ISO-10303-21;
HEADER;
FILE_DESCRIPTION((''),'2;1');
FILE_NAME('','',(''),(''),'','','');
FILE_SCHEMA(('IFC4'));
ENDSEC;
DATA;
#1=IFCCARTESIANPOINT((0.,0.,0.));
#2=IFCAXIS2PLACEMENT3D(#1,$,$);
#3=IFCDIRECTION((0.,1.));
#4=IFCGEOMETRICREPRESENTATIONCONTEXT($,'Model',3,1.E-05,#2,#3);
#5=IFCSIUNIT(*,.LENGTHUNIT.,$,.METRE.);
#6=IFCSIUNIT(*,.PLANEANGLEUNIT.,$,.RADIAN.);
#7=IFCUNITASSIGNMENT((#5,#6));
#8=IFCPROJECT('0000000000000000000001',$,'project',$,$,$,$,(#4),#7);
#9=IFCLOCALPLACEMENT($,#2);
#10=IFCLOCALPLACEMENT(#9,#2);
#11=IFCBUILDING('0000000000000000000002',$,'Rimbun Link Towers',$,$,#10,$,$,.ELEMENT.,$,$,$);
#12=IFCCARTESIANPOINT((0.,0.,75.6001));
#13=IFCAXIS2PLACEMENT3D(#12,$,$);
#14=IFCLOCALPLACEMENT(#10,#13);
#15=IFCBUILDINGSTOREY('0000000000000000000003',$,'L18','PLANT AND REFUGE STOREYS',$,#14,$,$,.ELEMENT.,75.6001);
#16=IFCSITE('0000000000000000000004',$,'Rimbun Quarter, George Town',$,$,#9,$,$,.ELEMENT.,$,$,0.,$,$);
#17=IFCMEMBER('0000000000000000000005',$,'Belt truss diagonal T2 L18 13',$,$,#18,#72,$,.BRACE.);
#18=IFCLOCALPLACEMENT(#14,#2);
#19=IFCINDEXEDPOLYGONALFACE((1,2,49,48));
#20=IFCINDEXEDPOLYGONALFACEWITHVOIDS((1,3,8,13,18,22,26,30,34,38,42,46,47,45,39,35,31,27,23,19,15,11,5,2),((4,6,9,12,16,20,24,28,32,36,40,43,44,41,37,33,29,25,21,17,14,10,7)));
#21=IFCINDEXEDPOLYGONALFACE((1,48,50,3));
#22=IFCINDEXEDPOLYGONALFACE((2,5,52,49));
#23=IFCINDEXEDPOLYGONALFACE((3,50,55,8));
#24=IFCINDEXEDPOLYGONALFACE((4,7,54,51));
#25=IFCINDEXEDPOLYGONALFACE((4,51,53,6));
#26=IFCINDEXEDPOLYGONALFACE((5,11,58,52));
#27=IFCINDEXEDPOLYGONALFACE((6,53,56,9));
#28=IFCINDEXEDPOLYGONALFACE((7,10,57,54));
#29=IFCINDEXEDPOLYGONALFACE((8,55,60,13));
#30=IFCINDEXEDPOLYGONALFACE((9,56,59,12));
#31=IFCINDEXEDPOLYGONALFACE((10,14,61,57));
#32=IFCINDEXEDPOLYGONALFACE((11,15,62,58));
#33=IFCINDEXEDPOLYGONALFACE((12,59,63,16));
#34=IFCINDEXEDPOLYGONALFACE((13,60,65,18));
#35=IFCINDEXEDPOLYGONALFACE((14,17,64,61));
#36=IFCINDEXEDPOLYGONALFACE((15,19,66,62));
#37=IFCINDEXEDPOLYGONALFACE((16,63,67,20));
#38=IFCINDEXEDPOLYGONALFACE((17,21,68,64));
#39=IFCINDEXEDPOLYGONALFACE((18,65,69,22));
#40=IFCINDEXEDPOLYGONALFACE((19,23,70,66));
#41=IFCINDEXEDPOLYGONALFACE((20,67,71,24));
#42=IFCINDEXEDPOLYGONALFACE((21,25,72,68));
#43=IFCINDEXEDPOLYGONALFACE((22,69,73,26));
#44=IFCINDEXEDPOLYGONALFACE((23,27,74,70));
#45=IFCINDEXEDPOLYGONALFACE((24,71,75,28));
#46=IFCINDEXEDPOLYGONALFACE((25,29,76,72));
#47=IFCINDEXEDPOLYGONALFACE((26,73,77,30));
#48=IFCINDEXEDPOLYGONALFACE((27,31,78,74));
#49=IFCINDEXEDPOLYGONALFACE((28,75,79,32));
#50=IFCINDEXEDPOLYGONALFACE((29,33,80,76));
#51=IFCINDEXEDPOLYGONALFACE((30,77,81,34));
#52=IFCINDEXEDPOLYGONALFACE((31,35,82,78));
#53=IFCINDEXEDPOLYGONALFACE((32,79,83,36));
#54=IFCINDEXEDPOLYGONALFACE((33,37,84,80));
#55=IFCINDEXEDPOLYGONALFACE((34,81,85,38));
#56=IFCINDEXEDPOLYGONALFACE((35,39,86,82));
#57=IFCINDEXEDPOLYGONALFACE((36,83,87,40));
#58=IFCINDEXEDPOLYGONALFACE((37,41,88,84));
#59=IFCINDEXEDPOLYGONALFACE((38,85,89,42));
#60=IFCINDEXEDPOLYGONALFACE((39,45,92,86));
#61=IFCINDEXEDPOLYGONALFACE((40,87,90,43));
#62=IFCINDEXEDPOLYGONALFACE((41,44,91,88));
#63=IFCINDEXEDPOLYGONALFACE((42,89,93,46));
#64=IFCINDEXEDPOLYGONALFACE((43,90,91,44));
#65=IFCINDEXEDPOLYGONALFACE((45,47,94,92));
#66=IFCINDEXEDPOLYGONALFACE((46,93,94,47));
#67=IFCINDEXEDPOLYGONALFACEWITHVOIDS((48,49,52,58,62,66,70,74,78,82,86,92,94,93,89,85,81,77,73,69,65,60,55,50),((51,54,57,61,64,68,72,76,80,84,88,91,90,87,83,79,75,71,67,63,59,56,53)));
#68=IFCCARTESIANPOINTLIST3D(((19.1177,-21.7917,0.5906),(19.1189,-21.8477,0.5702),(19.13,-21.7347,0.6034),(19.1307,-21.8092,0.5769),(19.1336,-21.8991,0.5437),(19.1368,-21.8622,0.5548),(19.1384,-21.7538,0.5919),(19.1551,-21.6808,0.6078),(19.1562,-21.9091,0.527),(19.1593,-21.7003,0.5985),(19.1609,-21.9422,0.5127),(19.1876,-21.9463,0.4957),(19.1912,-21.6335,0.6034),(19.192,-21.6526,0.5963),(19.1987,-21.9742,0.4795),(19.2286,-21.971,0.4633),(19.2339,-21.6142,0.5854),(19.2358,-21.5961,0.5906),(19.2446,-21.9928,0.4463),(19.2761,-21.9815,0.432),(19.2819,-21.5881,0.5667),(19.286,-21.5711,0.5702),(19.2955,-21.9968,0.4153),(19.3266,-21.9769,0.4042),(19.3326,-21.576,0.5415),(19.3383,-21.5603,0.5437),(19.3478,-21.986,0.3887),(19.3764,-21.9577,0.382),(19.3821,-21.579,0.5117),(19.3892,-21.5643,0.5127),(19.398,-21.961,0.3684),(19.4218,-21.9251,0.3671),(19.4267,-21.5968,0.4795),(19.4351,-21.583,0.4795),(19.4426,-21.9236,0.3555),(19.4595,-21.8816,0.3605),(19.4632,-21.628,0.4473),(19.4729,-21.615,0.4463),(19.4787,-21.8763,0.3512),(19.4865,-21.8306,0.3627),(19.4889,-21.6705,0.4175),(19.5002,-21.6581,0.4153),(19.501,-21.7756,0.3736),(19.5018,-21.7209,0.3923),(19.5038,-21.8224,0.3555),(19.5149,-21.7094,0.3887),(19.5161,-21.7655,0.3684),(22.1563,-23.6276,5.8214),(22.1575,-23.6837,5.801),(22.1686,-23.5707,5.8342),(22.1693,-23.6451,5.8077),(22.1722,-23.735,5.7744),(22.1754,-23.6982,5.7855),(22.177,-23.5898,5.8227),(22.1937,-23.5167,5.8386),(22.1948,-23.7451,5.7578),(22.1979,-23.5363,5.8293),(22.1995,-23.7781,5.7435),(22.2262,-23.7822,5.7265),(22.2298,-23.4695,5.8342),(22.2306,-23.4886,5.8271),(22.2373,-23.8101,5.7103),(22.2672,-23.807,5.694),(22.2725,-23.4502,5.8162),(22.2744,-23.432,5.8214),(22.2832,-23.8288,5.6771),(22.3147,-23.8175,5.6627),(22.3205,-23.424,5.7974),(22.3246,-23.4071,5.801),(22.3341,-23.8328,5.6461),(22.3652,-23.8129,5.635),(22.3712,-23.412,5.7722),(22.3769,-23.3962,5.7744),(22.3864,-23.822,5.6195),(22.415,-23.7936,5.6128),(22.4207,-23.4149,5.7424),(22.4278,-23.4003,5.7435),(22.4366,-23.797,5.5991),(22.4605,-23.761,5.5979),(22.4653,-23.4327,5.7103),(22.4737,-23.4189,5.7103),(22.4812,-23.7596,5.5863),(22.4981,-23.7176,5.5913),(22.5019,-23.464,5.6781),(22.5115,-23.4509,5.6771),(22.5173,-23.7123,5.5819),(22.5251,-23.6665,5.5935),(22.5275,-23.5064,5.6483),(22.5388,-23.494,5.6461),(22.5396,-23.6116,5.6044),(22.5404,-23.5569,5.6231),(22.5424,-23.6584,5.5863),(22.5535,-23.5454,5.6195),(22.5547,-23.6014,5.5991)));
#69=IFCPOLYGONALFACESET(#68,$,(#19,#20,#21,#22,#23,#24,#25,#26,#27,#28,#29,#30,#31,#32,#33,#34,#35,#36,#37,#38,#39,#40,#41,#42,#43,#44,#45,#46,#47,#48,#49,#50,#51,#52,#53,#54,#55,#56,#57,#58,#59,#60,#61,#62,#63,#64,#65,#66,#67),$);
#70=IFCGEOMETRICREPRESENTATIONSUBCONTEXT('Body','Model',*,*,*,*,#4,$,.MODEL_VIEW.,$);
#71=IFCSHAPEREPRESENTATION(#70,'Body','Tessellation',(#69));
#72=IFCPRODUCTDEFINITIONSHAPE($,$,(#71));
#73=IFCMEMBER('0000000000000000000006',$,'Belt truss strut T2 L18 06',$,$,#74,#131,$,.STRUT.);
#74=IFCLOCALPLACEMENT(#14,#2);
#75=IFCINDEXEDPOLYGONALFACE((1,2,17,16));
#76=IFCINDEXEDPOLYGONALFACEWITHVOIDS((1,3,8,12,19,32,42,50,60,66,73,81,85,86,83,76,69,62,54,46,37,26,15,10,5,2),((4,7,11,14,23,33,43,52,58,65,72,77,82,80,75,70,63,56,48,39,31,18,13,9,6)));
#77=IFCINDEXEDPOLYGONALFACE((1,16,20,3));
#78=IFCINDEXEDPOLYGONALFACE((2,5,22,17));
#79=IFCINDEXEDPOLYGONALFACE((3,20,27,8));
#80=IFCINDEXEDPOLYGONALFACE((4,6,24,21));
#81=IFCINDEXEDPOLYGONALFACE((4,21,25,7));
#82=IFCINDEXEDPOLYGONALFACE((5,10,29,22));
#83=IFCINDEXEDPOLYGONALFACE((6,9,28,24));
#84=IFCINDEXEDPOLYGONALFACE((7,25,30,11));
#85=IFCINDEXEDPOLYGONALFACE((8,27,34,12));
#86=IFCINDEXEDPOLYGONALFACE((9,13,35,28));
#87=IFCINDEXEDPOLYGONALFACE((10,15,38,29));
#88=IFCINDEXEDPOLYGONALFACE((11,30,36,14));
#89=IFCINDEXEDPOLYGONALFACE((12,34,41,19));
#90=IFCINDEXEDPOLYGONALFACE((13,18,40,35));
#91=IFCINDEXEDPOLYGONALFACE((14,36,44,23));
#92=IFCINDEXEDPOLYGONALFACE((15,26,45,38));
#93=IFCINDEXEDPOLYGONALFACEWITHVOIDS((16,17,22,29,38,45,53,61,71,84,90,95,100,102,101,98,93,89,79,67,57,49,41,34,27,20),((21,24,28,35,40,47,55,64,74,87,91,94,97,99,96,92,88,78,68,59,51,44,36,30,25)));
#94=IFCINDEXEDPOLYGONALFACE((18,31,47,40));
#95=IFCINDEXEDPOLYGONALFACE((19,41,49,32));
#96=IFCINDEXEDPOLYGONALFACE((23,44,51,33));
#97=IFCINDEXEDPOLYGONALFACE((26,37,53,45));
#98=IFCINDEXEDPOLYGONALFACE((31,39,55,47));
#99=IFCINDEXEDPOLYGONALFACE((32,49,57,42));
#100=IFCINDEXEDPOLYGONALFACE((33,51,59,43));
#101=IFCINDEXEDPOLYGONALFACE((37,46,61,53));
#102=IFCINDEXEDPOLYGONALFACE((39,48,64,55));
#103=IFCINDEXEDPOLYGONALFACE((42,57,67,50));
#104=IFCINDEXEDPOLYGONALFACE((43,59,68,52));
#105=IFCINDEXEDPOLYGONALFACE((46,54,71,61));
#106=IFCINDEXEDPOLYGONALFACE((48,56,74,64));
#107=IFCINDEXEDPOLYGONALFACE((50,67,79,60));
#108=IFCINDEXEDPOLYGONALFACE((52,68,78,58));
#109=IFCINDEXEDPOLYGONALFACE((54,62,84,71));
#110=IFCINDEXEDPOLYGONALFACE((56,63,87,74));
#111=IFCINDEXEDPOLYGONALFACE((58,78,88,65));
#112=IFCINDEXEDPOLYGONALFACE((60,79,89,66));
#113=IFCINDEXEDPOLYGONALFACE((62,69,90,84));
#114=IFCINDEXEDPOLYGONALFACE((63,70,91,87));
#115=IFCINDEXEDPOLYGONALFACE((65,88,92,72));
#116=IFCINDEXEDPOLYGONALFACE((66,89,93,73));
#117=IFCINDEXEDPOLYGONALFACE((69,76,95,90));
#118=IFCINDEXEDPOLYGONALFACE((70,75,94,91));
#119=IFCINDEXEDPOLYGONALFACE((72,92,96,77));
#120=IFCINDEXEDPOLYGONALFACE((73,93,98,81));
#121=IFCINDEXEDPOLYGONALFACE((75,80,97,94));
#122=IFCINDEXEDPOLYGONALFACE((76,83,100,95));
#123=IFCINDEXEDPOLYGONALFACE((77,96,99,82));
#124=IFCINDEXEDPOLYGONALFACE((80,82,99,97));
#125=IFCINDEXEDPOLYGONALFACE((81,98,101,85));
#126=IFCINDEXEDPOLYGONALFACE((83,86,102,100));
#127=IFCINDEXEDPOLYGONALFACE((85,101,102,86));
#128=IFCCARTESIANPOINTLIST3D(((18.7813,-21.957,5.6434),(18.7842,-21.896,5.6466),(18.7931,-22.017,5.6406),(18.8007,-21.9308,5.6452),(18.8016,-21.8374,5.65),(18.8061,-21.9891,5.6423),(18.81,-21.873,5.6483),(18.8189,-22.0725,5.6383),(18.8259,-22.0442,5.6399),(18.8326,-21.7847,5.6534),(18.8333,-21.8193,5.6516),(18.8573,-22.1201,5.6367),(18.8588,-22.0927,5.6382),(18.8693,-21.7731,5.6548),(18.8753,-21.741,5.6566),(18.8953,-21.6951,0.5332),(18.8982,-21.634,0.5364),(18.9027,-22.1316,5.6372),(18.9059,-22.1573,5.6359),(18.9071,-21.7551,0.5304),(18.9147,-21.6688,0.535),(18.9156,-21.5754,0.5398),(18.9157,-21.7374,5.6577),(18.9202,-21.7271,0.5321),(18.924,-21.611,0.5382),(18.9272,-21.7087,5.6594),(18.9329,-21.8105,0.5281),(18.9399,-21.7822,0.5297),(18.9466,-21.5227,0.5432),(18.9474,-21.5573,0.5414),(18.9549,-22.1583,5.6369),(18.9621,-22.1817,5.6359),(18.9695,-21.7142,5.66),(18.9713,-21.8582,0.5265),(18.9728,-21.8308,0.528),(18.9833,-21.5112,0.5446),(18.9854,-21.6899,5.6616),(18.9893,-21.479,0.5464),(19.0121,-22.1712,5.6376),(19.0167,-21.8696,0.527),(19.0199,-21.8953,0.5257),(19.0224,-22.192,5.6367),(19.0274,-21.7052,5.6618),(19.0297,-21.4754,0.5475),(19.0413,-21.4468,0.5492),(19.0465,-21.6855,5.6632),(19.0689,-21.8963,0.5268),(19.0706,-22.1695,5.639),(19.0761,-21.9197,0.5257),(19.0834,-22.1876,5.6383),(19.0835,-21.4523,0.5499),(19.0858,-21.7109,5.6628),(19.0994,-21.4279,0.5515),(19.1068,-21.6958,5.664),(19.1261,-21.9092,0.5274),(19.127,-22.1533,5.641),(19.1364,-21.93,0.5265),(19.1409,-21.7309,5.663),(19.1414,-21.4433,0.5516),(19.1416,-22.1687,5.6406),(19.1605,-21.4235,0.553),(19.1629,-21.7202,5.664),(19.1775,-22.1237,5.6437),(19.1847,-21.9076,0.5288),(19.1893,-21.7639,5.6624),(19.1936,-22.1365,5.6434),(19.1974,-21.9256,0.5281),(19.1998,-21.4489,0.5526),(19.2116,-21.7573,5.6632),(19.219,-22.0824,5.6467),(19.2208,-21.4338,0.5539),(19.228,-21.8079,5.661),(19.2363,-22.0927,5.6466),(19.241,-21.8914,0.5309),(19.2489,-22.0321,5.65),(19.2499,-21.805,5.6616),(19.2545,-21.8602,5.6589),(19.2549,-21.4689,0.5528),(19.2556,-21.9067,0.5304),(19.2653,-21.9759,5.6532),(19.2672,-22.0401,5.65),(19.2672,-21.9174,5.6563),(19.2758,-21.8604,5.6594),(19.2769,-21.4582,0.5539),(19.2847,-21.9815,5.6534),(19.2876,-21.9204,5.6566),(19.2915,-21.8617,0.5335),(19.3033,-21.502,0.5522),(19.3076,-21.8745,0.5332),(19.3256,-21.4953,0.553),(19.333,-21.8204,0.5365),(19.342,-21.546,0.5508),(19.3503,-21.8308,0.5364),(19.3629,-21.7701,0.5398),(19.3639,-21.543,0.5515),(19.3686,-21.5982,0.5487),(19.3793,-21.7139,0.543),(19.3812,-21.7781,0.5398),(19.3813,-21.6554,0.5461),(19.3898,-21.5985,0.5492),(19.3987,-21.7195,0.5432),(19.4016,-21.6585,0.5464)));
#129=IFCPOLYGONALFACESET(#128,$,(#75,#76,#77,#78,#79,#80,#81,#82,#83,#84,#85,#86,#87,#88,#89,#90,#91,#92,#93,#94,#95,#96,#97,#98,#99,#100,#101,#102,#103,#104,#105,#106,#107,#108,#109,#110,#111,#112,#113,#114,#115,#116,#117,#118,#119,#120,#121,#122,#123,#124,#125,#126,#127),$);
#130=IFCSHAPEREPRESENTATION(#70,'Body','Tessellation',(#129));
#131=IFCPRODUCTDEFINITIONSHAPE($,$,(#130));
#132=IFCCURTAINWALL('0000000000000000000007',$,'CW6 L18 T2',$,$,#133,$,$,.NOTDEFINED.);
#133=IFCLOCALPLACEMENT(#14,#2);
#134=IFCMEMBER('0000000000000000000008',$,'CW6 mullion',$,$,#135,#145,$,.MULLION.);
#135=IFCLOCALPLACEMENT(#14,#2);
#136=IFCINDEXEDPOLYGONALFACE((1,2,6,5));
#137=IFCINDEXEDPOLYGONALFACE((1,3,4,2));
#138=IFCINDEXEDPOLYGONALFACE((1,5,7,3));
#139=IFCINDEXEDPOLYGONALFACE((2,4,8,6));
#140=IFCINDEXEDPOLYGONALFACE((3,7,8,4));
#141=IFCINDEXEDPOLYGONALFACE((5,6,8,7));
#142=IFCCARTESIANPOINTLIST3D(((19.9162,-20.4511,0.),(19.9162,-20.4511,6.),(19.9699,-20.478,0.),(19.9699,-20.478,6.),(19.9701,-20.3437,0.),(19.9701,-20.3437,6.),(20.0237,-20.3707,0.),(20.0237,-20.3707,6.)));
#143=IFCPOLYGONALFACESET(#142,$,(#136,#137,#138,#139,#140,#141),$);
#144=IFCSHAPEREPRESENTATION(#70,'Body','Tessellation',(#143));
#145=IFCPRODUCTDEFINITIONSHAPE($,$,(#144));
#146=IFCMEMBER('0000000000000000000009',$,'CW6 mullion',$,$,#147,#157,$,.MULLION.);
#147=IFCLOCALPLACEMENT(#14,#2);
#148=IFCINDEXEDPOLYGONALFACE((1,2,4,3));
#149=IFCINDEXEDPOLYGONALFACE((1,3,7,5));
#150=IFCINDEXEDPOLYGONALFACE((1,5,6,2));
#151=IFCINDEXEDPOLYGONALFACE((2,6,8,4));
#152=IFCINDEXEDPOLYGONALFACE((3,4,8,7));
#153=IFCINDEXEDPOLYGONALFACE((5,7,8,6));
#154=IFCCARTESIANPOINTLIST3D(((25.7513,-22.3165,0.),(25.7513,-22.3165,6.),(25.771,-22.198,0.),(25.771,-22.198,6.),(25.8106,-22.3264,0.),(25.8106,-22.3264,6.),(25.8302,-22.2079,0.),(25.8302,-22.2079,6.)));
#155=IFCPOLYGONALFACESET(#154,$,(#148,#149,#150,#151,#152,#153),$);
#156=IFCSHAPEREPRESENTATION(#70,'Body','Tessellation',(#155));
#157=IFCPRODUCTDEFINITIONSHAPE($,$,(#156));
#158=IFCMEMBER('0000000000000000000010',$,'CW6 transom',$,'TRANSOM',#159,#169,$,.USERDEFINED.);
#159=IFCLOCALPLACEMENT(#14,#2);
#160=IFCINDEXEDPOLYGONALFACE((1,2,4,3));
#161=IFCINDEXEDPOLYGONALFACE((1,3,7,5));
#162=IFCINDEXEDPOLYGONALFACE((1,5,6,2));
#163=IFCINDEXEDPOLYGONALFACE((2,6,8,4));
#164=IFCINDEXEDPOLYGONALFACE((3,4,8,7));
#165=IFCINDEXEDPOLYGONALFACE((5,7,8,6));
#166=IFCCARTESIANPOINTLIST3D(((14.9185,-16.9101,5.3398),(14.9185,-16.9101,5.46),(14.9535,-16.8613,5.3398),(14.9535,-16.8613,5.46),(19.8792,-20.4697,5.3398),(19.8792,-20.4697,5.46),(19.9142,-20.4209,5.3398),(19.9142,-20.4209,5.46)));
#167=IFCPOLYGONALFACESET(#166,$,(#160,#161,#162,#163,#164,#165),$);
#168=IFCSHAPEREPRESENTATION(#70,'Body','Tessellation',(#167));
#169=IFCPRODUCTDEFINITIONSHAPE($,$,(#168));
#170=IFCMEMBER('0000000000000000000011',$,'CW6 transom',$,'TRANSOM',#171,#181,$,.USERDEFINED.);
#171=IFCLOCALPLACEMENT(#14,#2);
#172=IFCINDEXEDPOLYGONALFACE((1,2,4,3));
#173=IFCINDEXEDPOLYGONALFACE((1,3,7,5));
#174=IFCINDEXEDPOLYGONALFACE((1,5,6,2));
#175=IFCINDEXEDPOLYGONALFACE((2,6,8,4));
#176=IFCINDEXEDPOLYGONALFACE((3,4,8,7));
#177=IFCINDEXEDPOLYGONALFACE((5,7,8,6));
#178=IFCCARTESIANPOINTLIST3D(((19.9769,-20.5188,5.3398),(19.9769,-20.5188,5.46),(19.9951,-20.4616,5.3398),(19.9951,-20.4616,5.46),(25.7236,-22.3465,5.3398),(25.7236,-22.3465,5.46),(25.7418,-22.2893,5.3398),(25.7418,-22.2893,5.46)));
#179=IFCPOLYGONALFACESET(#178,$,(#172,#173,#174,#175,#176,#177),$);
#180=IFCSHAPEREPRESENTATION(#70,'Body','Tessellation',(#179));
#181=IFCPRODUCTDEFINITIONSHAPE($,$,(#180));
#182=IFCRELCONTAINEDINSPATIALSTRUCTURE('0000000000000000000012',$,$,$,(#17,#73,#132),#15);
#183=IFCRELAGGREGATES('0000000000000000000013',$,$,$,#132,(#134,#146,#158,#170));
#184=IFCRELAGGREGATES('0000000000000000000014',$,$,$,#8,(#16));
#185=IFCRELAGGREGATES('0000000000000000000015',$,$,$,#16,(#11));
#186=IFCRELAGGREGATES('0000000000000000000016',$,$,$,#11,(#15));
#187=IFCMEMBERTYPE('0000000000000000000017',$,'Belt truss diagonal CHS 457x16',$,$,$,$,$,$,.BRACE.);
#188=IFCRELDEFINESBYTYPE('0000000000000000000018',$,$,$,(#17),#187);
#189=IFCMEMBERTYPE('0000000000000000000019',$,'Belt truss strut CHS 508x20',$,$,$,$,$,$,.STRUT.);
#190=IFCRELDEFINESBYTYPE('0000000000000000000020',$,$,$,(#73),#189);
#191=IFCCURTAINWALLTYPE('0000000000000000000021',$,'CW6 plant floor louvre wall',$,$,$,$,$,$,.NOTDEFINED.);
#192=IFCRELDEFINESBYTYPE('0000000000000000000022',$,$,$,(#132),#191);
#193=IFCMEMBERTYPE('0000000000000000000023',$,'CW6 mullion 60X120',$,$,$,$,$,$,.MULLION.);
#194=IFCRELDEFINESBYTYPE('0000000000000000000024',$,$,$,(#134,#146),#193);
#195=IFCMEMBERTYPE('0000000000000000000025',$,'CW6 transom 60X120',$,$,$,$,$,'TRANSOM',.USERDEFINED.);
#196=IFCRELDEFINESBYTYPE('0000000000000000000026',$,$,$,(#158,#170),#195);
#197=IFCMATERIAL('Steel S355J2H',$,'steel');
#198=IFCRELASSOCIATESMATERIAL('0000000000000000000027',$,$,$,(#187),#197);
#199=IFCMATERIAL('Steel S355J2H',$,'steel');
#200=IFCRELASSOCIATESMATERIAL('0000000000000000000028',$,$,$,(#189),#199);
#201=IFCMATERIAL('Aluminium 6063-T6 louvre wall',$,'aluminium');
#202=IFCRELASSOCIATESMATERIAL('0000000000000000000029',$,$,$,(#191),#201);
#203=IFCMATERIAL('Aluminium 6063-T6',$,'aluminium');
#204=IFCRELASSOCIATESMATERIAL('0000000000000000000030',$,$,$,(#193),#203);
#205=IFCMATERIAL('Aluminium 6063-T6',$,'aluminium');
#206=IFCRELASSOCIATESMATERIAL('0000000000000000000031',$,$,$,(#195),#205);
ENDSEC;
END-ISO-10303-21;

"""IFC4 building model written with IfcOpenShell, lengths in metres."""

from ifc_helpers import new_model, si_unit, direction, frame, origin, origin_2d, place, context, subcontext, project, spatial, rectangle, hollow_circle, extrude, material, material_profile, profile_set, type_object, element, aggregate, save


model = new_model("IFC4")

# Units and contexts
model_context = context("Model", 3, precision=1e-05, world=origin(), true_north=direction((0.0, 1.0)))
body_context = subcontext(model_context, "Body", "Model", "MODEL_VIEW")
ifc_project = project(units=[si_unit("LENGTHUNIT", "METRE"), si_unit("PLANEANGLEUNIT", "RADIAN")], contexts=[model_context])

# Site, building, storey
site_placement = place(None, origin())
site = spatial("IfcSite", under=ifc_project, at=site_placement, Name="Rimbun Quarter, George Town", CompositionType="ELEMENT", RefElevation=0.0)
building_placement = place(site_placement, origin())
building = spatial("IfcBuilding", under=site, at=building_placement, Name="Rimbun Link Towers", CompositionType="ELEMENT")
storey_placement = place(building_placement, frame((0.0, 0.0, 75.6001)))
storey = spatial("IfcBuildingStorey", under=building, at=storey_placement, Name="L18", Description="PLANT AND REFUGE STOREYS", CompositionType="ELEMENT", Elevation=75.6001)

# Members
ifc_material_1 = material(Name="Steel S355J2H", Category="steel")
ifc_material_profile_1 = material_profile(ifc_material_1, hollow_circle(Radius=0.2285, WallThickness=0.0161, at=origin_2d()), Name="Belt truss diagonal CHS 457x16")
ifc_profile_set_1 = profile_set([ifc_material_profile_1], Name="Steel S355J2H")
member_type_1 = type_object("IfcMemberType", Name="Belt truss diagonal CHS 457x16", PredefinedType="BRACE", material=ifc_profile_set_1)
member_1_placement = place(storey_placement, frame((19.3169, -21.7786, 0.4795), z_axis=(0.480657, -0.290418, 0.827421), x_axis=(0.517143, 0.855899, 0.0)))
element("IfcMember", 1, at=member_1_placement, inside=storey, type_object=member_type_1, Name="Belt truss diagonal T2 L18 13", PredefinedType="BRACE", context=body_context, shape_type="SweptSolid", body=[
    extrude(hollow_circle(Radius=0.2285, WallThickness=0.0161, at=origin_2d()), origin(), (0.0, 0.0, 1.0), 6.3218),
])
ifc_material_2 = material(Name="Steel S355J2H", Category="steel")
ifc_material_profile_2 = material_profile(ifc_material_2, hollow_circle(Radius=0.2539, WallThickness=0.02, at=origin_2d()), Name="Belt truss strut CHS 508x20")
ifc_profile_set_2 = profile_set([ifc_material_profile_2], Name="Steel S355J2H")
member_type_2 = type_object("IfcMemberType", Name="Belt truss strut CHS 508x20", PredefinedType="STRUT", material=ifc_profile_set_2)
member_2_placement = place(storey_placement, frame((19.1484, -21.6768, 0.5398), z_axis=(-0.022277, -0.051184, 0.998441), x_axis=(0.916921, -0.39907, 0.0)))
element("IfcMember", 2, at=member_2_placement, inside=storey, type_object=member_type_2, Name="Belt truss strut T2 L18 06", PredefinedType="STRUT", context=body_context, shape_type="SweptSolid", body=[
    extrude(hollow_circle(Radius=0.2539, WallThickness=0.02, at=origin_2d()), origin(), (0.0, 0.0, 1.0), 5.1182),
])

# Curtain wall, members
ifc_material_3 = material(Name="Aluminium 6063-T6 louvre wall", Category="aluminium")
curtain_wall_type = type_object("IfcCurtainWallType", Name="CW6 plant floor louvre wall", PredefinedType="NOTDEFINED", material=ifc_material_3)
curtain_wall_placement = place(storey_placement, origin())
curtain_wall = element("IfcCurtainWall", 3, at=curtain_wall_placement, inside=storey, type_object=curtain_wall_type, Name="CW6 L18 T2", PredefinedType="NOTDEFINED")
ifc_material_4 = material(Name="Aluminium 6063-T6", Category="aluminium")
ifc_material_profile_3 = material_profile(ifc_material_4, rectangle(XDim=0.1201, YDim=0.0601, at=origin_2d()), Name="MULLION 60X120")
ifc_profile_set_3 = profile_set([ifc_material_profile_3], Name="Aluminium 6063-T6")
member_type_3 = type_object("IfcMemberType", Name="CW6 mullion 60X120", PredefinedType="MULLION", material=ifc_profile_set_3)
member_3_placement = place(storey_placement, frame((19.97, -20.4109, 0.0), z_axis=(0.0, 0.0, 1.0), x_axis=(-0.448572, -0.893747, 0.0)))
member_3 = element("IfcMember", 4, at=member_3_placement, type_object=member_type_3, Name="CW6 mullion", PredefinedType="MULLION", context=body_context, shape_type="SweptSolid", body=[
    extrude(rectangle(XDim=0.1201, YDim=0.0601, at=origin_2d()), origin(), (0.0, 0.0, 1.0), 6.0),
])
member_4_placement = place(storey_placement, frame((25.7908, -22.2622, 0.0), z_axis=(0.0, 0.0, 1.0), x_axis=(-0.163745, -0.986503, 0.0)))
member_4 = element("IfcMember", 5, at=member_4_placement, type_object=member_type_3, Name="CW6 mullion", PredefinedType="MULLION", context=body_context, shape_type="SweptSolid", body=[
    extrude(rectangle(XDim=0.1201, YDim=0.0601, at=origin_2d()), origin(), (0.0, 0.0, 1.0), 6.0),
])
ifc_material_5 = material(Name="Aluminium 6063-T6", Category="aluminium")
ifc_material_profile_4 = material_profile(ifc_material_5, rectangle(XDim=0.0601, YDim=0.1201, at=origin_2d()), Name="TRANSOM 60X120")
ifc_profile_set_4 = profile_set([ifc_material_profile_4], Name="Aluminium 6063-T6")
member_type_4 = type_object("IfcMemberType", Name="CW6 transom 60X120", ElementType="TRANSOM", PredefinedType="USERDEFINED", material=ifc_profile_set_4)
member_5_placement = place(storey_placement, frame((19.8967, -20.4453, 5.3999), z_axis=(-0.812475, 0.582996, 0.0), x_axis=(-0.582996, -0.812475, 0.0)))
member_5 = element("IfcMember", 6, at=member_5_placement, type_object=member_type_4, Name="CW6 transom", ObjectType="TRANSOM", PredefinedType="USERDEFINED", context=body_context, shape_type="SweptSolid", body=[
    extrude(rectangle(XDim=0.0601, YDim=0.1201, at=origin_2d()), origin(), (0.0, 0.0, 1.0), 6.1057),
])
member_6_placement = place(storey_placement, frame((25.7327, -22.3179, 5.3999), z_axis=(-0.952965, 0.30308, 0.0), x_axis=(-0.30308, -0.952965, 0.0)))
member_6 = element("IfcMember", 7, at=member_6_placement, type_object=member_type_4, Name="CW6 transom", ObjectType="TRANSOM", PredefinedType="USERDEFINED", context=body_context, shape_type="SweptSolid", body=[
    extrude(rectangle(XDim=0.0601, YDim=0.1201, at=origin_2d()), origin(), (0.0, 0.0, 1.0), 6.0303),
])

aggregate(curtain_wall, [member_3, member_4, member_5, member_6])

save(model, "model.ifc")
